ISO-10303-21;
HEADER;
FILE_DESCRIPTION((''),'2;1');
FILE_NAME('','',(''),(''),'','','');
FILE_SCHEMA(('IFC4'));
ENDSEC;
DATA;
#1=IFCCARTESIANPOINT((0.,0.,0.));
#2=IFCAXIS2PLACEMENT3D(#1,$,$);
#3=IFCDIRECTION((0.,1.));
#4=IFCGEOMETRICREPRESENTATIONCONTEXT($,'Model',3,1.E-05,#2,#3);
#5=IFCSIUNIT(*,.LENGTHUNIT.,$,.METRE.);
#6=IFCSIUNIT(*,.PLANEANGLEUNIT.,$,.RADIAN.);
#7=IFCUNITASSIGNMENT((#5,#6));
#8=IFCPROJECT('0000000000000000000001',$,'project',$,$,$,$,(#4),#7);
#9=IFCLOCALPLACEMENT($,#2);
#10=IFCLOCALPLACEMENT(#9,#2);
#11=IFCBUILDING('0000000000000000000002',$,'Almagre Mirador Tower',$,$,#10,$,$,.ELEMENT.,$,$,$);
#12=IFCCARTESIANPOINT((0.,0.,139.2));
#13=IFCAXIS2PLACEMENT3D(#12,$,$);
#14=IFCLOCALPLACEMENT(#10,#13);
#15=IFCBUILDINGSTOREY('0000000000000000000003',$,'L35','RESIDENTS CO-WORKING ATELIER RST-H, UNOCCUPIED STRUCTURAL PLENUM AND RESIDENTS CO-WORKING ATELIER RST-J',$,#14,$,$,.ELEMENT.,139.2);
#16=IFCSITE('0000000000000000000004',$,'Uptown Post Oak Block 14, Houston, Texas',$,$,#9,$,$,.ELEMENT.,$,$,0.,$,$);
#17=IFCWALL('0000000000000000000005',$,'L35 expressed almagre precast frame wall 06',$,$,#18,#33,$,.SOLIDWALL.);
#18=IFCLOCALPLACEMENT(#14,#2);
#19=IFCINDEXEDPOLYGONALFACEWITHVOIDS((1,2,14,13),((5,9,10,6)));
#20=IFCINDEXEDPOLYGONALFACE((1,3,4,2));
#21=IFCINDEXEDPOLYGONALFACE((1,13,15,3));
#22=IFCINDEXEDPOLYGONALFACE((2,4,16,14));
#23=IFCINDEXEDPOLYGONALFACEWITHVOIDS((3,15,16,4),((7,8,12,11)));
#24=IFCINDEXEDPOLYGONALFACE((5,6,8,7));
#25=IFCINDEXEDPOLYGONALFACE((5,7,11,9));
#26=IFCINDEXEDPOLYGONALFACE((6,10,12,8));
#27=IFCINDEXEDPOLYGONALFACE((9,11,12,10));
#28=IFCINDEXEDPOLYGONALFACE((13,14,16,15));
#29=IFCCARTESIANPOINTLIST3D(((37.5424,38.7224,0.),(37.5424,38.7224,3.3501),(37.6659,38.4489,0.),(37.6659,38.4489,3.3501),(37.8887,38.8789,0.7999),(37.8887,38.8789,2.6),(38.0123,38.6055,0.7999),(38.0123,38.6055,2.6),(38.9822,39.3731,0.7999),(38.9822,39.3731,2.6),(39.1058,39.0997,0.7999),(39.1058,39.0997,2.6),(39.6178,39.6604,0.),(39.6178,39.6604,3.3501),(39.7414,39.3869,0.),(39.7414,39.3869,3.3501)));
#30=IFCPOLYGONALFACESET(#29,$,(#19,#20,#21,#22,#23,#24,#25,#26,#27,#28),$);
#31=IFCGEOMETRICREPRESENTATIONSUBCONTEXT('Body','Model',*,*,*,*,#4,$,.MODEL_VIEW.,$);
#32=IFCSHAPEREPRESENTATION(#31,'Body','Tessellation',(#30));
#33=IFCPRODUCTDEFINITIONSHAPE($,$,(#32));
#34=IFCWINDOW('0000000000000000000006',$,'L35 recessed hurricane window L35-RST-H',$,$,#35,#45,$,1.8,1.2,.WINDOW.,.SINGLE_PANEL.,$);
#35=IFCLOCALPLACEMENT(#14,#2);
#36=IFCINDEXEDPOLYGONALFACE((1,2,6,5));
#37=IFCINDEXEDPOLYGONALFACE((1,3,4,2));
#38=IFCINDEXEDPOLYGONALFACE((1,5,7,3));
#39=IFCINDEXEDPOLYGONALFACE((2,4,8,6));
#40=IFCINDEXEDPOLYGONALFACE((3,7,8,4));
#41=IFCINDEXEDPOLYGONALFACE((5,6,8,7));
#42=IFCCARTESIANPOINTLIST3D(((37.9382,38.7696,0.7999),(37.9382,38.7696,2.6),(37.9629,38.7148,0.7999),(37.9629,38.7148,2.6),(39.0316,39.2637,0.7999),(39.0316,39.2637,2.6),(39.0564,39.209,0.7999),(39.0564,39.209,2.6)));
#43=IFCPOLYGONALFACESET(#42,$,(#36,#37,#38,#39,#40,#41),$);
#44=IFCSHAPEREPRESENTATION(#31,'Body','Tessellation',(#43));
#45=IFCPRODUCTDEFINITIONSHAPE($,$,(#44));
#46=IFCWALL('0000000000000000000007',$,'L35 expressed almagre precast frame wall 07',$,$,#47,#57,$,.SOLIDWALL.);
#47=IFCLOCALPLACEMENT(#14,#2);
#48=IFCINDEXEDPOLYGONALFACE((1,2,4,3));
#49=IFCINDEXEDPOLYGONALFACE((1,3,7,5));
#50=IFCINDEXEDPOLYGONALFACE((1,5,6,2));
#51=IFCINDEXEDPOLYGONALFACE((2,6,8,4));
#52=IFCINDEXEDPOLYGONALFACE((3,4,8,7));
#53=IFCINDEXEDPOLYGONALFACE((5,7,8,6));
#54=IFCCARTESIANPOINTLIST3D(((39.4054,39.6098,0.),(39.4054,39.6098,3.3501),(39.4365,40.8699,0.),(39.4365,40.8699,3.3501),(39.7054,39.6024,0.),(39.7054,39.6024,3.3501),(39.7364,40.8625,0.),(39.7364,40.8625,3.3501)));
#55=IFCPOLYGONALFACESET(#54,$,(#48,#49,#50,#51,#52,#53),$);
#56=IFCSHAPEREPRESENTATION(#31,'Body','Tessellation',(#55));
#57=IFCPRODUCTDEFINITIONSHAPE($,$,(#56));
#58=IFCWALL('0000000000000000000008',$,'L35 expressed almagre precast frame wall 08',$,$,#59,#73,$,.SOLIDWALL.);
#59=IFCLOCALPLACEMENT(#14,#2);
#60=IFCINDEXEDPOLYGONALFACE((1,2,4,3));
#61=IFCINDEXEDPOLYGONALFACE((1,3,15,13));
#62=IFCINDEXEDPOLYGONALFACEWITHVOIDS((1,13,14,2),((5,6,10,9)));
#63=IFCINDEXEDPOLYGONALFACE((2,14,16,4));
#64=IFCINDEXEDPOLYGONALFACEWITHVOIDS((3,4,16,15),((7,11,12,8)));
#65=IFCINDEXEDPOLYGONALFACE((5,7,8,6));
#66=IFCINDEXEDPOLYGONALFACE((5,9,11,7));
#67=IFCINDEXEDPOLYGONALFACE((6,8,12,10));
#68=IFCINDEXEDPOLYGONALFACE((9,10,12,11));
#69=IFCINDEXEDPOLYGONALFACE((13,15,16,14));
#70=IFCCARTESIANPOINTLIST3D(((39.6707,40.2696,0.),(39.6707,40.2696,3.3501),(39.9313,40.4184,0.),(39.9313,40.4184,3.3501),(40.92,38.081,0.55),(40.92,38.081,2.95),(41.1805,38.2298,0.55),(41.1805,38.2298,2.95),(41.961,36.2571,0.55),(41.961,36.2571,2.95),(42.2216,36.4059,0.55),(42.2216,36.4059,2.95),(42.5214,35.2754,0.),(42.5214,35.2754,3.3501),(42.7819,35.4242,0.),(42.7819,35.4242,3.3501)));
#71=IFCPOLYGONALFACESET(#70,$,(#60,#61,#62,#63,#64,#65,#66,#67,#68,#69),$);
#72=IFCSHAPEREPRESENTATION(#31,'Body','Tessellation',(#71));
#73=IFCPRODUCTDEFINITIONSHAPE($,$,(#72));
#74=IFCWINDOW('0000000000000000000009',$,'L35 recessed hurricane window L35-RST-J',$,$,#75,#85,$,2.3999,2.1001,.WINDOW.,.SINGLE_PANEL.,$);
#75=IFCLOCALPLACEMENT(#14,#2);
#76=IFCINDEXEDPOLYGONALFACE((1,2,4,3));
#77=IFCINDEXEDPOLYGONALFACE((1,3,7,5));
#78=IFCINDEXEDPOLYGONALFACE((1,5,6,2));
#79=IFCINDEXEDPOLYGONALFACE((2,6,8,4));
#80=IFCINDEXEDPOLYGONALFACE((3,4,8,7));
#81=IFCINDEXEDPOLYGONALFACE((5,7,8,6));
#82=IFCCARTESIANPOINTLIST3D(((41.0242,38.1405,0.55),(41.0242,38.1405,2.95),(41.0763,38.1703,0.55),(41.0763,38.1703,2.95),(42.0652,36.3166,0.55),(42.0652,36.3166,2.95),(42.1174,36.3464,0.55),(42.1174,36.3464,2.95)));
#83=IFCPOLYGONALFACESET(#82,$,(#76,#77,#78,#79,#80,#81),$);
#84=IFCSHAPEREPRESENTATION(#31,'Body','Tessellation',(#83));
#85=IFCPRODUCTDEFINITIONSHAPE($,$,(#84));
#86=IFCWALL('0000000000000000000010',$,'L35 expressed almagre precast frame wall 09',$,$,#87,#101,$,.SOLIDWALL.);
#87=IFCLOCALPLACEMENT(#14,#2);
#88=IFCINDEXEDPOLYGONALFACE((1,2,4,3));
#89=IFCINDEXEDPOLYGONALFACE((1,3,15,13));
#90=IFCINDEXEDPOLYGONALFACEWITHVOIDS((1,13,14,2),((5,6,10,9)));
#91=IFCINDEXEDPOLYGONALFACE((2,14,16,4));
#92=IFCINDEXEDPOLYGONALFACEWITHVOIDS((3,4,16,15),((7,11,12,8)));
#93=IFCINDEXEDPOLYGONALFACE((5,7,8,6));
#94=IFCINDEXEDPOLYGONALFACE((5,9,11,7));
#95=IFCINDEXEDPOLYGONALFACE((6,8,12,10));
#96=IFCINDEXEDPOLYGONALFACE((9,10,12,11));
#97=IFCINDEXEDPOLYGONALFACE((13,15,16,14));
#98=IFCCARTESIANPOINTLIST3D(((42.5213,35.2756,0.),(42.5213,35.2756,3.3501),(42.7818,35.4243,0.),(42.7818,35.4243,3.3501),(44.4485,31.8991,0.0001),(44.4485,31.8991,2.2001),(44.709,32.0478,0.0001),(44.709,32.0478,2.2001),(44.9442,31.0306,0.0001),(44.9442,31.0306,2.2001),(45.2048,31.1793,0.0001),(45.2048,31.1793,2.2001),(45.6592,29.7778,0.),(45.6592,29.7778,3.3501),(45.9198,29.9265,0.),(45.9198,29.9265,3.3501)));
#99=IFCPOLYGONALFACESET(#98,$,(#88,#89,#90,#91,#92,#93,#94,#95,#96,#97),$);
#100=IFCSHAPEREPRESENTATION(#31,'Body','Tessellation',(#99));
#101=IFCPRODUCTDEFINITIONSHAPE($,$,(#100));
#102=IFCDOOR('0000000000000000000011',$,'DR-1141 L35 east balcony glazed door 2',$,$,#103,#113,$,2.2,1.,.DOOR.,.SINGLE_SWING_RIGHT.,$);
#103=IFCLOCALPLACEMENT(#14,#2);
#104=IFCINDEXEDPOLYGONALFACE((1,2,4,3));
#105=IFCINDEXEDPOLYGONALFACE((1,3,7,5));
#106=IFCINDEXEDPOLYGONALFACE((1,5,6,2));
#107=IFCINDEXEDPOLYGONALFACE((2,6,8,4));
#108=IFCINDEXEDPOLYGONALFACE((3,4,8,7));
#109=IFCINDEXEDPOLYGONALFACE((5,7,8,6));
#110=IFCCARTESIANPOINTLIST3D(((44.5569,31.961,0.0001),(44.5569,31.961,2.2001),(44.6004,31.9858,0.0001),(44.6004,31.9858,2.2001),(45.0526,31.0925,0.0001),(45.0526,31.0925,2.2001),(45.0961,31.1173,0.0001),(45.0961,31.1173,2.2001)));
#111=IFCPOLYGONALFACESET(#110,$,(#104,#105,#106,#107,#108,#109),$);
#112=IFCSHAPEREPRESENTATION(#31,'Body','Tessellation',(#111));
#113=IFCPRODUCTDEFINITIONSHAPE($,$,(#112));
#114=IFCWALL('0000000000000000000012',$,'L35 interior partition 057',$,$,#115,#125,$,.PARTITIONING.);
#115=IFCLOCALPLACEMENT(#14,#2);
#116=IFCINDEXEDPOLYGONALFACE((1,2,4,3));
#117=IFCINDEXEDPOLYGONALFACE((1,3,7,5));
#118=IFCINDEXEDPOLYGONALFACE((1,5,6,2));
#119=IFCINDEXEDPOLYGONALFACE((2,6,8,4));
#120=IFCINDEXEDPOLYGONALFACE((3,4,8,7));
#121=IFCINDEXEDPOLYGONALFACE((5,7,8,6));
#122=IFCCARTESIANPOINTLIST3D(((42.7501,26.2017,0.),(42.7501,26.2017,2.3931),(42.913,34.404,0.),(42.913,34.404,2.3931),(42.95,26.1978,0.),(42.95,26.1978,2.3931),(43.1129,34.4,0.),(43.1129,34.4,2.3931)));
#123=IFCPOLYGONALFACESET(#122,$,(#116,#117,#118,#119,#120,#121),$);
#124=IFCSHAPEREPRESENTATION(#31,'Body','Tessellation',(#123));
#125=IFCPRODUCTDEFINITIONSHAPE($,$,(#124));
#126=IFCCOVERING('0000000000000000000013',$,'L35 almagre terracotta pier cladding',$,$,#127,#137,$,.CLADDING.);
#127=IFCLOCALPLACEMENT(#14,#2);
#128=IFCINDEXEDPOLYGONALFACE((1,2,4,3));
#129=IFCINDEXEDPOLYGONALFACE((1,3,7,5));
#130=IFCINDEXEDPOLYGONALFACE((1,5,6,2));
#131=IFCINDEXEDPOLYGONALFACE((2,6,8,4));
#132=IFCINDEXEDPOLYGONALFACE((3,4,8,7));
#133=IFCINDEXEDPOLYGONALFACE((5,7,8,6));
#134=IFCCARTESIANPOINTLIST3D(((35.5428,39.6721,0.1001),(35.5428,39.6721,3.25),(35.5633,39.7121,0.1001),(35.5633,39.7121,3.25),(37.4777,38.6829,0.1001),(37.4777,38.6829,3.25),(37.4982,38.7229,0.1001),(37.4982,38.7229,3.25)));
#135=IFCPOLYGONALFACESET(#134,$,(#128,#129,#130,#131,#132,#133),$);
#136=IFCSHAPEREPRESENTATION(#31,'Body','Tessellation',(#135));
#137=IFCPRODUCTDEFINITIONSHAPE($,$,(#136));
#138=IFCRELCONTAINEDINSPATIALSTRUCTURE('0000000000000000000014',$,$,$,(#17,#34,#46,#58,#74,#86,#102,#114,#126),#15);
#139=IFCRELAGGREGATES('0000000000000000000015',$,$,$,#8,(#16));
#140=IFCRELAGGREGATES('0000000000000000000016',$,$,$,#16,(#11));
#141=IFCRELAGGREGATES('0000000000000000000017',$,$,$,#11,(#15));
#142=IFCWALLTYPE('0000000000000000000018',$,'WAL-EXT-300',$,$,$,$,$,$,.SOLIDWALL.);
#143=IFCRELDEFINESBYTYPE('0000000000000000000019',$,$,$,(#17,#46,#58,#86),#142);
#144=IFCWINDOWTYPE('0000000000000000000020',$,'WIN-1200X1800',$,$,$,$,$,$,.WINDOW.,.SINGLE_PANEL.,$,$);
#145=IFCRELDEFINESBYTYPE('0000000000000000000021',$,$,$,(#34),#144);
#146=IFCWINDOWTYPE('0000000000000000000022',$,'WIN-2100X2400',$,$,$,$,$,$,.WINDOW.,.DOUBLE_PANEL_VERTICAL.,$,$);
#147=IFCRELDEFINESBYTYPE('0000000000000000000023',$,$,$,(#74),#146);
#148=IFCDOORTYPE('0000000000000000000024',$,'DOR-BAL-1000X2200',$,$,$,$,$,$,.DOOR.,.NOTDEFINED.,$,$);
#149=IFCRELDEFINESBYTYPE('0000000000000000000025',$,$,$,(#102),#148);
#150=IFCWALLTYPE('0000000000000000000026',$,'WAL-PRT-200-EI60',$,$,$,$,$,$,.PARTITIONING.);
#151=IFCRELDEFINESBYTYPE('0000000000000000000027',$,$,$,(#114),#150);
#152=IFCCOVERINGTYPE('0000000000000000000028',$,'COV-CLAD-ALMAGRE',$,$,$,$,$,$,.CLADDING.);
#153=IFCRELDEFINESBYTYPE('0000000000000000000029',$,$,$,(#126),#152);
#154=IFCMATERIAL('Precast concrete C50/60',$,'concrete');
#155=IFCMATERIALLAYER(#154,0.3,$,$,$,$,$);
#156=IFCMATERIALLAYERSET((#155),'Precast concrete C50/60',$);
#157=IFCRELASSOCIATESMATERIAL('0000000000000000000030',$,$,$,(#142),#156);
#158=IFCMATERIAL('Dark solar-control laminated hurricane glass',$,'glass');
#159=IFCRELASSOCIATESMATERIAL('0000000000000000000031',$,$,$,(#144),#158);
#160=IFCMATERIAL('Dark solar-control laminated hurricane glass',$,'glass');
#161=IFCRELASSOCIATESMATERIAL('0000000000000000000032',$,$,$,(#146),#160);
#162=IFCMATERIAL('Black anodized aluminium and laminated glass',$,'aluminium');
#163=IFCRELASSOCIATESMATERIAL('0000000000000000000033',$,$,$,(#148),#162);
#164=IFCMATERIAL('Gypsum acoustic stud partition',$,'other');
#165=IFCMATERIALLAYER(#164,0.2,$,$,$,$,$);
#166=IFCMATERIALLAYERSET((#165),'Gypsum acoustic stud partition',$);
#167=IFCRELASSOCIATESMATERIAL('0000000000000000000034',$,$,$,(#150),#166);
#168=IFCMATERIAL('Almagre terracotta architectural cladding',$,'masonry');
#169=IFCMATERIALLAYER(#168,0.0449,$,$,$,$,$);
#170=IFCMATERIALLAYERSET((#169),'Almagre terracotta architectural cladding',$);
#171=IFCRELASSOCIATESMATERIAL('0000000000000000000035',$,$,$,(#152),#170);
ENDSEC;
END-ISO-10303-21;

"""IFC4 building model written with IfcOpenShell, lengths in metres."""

from ifc_helpers import new_model, si_unit, direction, frame, frame_2d, origin, origin_2d, place, context, subcontext, project, spatial, rectangle, extrude, material, layer, layer_set, type_object, element, fill, save


model = new_model("IFC4")

# Units and contexts
model_context = context("Model", 3, precision=1e-05, world=origin(), true_north=direction((0.0, 1.0)))
body_context = subcontext(model_context, "Body", "Model", "MODEL_VIEW")
ifc_project = project(units=[si_unit("LENGTHUNIT", "METRE"), si_unit("PLANEANGLEUNIT", "RADIAN")], contexts=[model_context])

# Site, building, storey
site_placement = place(None, origin())
site = spatial("IfcSite", under=ifc_project, at=site_placement, Name="Uptown Post Oak Block 14, Houston, Texas", CompositionType="ELEMENT", RefElevation=0.0)
building_placement = place(site_placement, origin())
building = spatial("IfcBuilding", under=site, at=building_placement, Name="Almagre Mirador Tower", CompositionType="ELEMENT")
storey_placement = place(building_placement, frame((0.0, 0.0, 139.2)))
storey = spatial("IfcBuildingStorey", under=building, at=storey_placement, Name="L35", Description="RESIDENTS CO-WORKING ATELIER RST-H, UNOCCUPIED STRUCTURAL PLENUM AND RESIDENTS CO-WORKING ATELIER RST-J", CompositionType="ELEMENT", Elevation=139.2)

# Shared definitions
ifc_material_1 = material(Name="Precast concrete C50/60", Category="concrete")
ifc_layer_1 = layer(ifc_material_1, 0.3)
ifc_layer_set_1 = layer_set([ifc_layer_1], Name="Precast concrete C50/60")
wall_type_1 = type_object("IfcWallType", Name="WAL-EXT-300", PredefinedType="SOLIDWALL", material=ifc_layer_set_1)

# Wall, opening, window
ifc_material_2 = material(Name="Dark solar-control laminated hurricane glass", Category="glass")
window_type_1 = type_object("IfcWindowType", Name="WIN-1200X1800", PartitioningType="SINGLE_PANEL", PredefinedType="WINDOW", material=ifc_material_2)
wall_1_placement = place(storey_placement, frame((37.6042, 38.5857, 0.0), z_axis=(0.0, 0.0, 1.0), x_axis=(0.911256, 0.411839, 0.0)))
wall_1 = element("IfcWall", 1, at=wall_1_placement, inside=storey, type_object=wall_type_1, Name="L35 expressed almagre precast frame wall 06", PredefinedType="SOLIDWALL", context=body_context, shape_type="SweptSolid", body=[
    extrude(rectangle(XDim=2.2776, YDim=0.3, at=frame_2d((1.1387, 0.0))), origin(), (0.0, 0.0, 1.0), 3.3501),
])
opening_1_placement = place(wall_1_placement, frame((0.3799, 0.0, 0.8)))
opening_1 = element("IfcOpeningElement", 2, at=opening_1_placement, cuts=wall_1, PredefinedType="OPENING", context=body_context, shape_type="SweptSolid", body=[
    extrude(rectangle(XDim=1.2, YDim=1.8, at=frame_2d((0.6001, 0.8999))), frame((0.0, 0.1599, 0.0), z_axis=(0.0, -1.0, 0.0), x_axis=(1.0, 0.0, 0.0)), (0.0, 0.0, 1.0), 0.32),
])
window_1_placement = place(opening_1_placement, origin())
window_1 = element("IfcWindow", 3, at=window_1_placement, inside=storey, type_object=window_type_1, Name="L35 recessed hurricane window L35-RST-H", OverallHeight=1.8, OverallWidth=1.2, PartitioningType="SINGLE_PANEL", PredefinedType="WINDOW", context=body_context, shape_type="SweptSolid", body=[
    extrude(rectangle(XDim=1.2, YDim=1.8, at=frame_2d((0.6001, 0.8999))), frame((0.0, 0.03, 0.0), z_axis=(0.0, -1.0, 0.0), x_axis=(1.0, 0.0, 0.0)), (0.0, 0.0, 1.0), 0.0601),
])
fill(opening_1, window_1)

# Wall
wall_2_placement = place(storey_placement, frame((39.5554, 39.606, 0.0), z_axis=(0.0, 0.0, 1.0), x_axis=(0.0246, 0.999697, 0.0)))
element("IfcWall", 4, at=wall_2_placement, inside=storey, type_object=wall_type_1, Name="L35 expressed almagre precast frame wall 07", PredefinedType="SOLIDWALL", context=body_context, shape_type="SweptSolid", body=[
    extrude(rectangle(XDim=1.2605, YDim=0.3, at=frame_2d((0.6304, 0.0))), origin(), (0.0, 0.0, 1.0), 3.3501),
])

# Wall, opening, window
wall_3_placement = place(storey_placement, frame((39.801, 40.344, 0.0), z_axis=(0.0, 0.0, 1.0), x_axis=(0.495718, -0.868483, 0.0)))
wall_3 = element("IfcWall", 5, at=wall_3_placement, inside=storey, type_object=wall_type_1, Name="L35 expressed almagre precast frame wall 08", PredefinedType="SOLIDWALL", context=body_context, shape_type="SweptSolid", body=[
    extrude(rectangle(XDim=5.7505, YDim=0.3, at=frame_2d((2.8752, 0.0))), origin(), (0.0, 0.0, 1.0), 3.3501),
])
opening_2_placement = place(wall_3_placement, frame((2.52, 0.0, 0.55)))
opening_2 = element("IfcOpeningElement", 6, at=opening_2_placement, cuts=wall_3, PredefinedType="OPENING", context=body_context, shape_type="SweptSolid", body=[
    extrude(rectangle(XDim=2.1001, YDim=2.3999, at=frame_2d((1.05, 1.2))), frame((0.0, 0.1599, 0.0), z_axis=(0.0, -1.0, 0.0), x_axis=(1.0, 0.0, 0.0)), (0.0, 0.0, 1.0), 0.32),
])
ifc_material_3 = material(Name="Dark solar-control laminated hurricane glass", Category="glass")
window_type_2 = type_object("IfcWindowType", Name="WIN-2100X2400", PartitioningType="DOUBLE_PANEL_VERTICAL", PredefinedType="WINDOW", material=ifc_material_3)
window_2_placement = place(opening_2_placement, origin())
window_2 = element("IfcWindow", 7, at=window_2_placement, inside=storey, type_object=window_type_2, Name="L35 recessed hurricane window L35-RST-J", OverallHeight=2.3999, OverallWidth=2.1001, PartitioningType="SINGLE_PANEL", PredefinedType="WINDOW", context=body_context, shape_type="SweptSolid", body=[
    extrude(rectangle(XDim=2.1001, YDim=2.3999, at=frame_2d((1.05, 1.2))), frame((0.0, 0.03, 0.0), z_axis=(0.0, -1.0, 0.0), x_axis=(1.0, 0.0, 0.0)), (0.0, 0.0, 1.0), 0.0601),
])
fill(opening_2, window_2)

# Wall, opening, door
wall_4_placement = place(storey_placement, frame((42.6516, 35.3499, 0.0), z_axis=(0.0, 0.0, 1.0), x_axis=(0.495703, -0.868492, 0.0)))
wall_4 = element("IfcWall", 8, at=wall_4_placement, inside=storey, type_object=wall_type_1, Name="L35 expressed almagre precast frame wall 09", PredefinedType="SOLIDWALL", context=body_context, shape_type="SweptSolid", body=[
    extrude(rectangle(XDim=6.3303, YDim=0.3, at=frame_2d((3.165, 0.0))), origin(), (0.0, 0.0, 1.0), 3.3501),
])
opening_3_placement = place(wall_4_placement, frame((3.8877, 0.0, 0.0)))
opening_3 = element("IfcOpeningElement", 9, at=opening_3_placement, cuts=wall_4, PredefinedType="OPENING", context=body_context, shape_type="SweptSolid", body=[
    extrude(rectangle(XDim=1.0, YDim=2.2, at=frame_2d((0.5, 1.1001))), frame((0.0, 0.1599, 0.0), z_axis=(0.0, -1.0, 0.0), x_axis=(1.0, 0.0, 0.0)), (0.0, 0.0, 1.0), 0.32),
])
ifc_material_4 = material(Name="Black anodized aluminium and laminated glass", Category="aluminium")
door_type = type_object("IfcDoorType", Name="DOR-BAL-1000X2200", OperationType="NOTDEFINED", PredefinedType="DOOR", material=ifc_material_4)
door_placement = place(opening_3_placement, origin())
door = element("IfcDoor", 10, at=door_placement, inside=storey, type_object=door_type, Name="DR-1141 L35 east balcony glazed door 2", OperationType="SINGLE_SWING_RIGHT", OverallHeight=2.2, OverallWidth=1.0, PredefinedType="DOOR", context=body_context, shape_type="SweptSolid", body=[
    extrude(rectangle(XDim=1.0, YDim=2.2, at=frame_2d((0.5, 1.1001))), frame((0.0, 0.0249, 0.0), z_axis=(0.0, -1.0, 0.0), x_axis=(1.0, 0.0, 0.0)), (0.0, 0.0, 1.0), 0.05),
])
fill(opening_3, door)

# Wall
ifc_material_5 = material(Name="Gypsum acoustic stud partition", Category="other")
ifc_layer_2 = layer(ifc_material_5, 0.2)
ifc_layer_set_2 = layer_set([ifc_layer_2], Name="Gypsum acoustic stud partition")
wall_type_2 = type_object("IfcWallType", Name="WAL-PRT-200-EI60", PredefinedType="PARTITIONING", material=ifc_layer_set_2)
wall_5_placement = place(storey_placement, frame((43.0129, 34.4021, 0.0), z_axis=(0.0, 0.0, 1.0), x_axis=(-0.01985, -0.999803, 0.0)))
element("IfcWall", 11, at=wall_5_placement, inside=storey, type_object=wall_type_2, Name="L35 interior partition 057", PredefinedType="PARTITIONING", context=body_context, shape_type="SweptSolid", body=[
    extrude(rectangle(XDim=8.2039, YDim=0.2, at=frame_2d((4.1021, 0.0))), origin(), (0.0, 0.0, 1.0), 2.3931),
])

# Covering
ifc_material_6 = material(Name="Almagre terracotta architectural cladding", Category="masonry")
ifc_layer_3 = layer(ifc_material_6, 0.0449)
ifc_layer_set_3 = layer_set([ifc_layer_3], Name="Almagre terracotta architectural cladding")
covering_type = type_object("IfcCoveringType", Name="COV-CLAD-ALMAGRE", PredefinedType="CLADDING", material=ifc_layer_set_3)
covering_placement = place(storey_placement, frame((36.5205, 39.1975, 0.1001), z_axis=(0.0, 0.0, 1.0), x_axis=(0.890396, -0.455188, 0.0)))
element("IfcCovering", 12, at=covering_placement, inside=storey, type_object=covering_type, Name="L35 almagre terracotta pier cladding", PredefinedType="CLADDING", context=body_context, shape_type="SweptSolid", body=[
    extrude(rectangle(XDim=2.1731, YDim=0.0449, at=origin_2d()), origin(), (0.0, 0.0, 1.0), 3.1499),
])

save(model, "model.ifc")
